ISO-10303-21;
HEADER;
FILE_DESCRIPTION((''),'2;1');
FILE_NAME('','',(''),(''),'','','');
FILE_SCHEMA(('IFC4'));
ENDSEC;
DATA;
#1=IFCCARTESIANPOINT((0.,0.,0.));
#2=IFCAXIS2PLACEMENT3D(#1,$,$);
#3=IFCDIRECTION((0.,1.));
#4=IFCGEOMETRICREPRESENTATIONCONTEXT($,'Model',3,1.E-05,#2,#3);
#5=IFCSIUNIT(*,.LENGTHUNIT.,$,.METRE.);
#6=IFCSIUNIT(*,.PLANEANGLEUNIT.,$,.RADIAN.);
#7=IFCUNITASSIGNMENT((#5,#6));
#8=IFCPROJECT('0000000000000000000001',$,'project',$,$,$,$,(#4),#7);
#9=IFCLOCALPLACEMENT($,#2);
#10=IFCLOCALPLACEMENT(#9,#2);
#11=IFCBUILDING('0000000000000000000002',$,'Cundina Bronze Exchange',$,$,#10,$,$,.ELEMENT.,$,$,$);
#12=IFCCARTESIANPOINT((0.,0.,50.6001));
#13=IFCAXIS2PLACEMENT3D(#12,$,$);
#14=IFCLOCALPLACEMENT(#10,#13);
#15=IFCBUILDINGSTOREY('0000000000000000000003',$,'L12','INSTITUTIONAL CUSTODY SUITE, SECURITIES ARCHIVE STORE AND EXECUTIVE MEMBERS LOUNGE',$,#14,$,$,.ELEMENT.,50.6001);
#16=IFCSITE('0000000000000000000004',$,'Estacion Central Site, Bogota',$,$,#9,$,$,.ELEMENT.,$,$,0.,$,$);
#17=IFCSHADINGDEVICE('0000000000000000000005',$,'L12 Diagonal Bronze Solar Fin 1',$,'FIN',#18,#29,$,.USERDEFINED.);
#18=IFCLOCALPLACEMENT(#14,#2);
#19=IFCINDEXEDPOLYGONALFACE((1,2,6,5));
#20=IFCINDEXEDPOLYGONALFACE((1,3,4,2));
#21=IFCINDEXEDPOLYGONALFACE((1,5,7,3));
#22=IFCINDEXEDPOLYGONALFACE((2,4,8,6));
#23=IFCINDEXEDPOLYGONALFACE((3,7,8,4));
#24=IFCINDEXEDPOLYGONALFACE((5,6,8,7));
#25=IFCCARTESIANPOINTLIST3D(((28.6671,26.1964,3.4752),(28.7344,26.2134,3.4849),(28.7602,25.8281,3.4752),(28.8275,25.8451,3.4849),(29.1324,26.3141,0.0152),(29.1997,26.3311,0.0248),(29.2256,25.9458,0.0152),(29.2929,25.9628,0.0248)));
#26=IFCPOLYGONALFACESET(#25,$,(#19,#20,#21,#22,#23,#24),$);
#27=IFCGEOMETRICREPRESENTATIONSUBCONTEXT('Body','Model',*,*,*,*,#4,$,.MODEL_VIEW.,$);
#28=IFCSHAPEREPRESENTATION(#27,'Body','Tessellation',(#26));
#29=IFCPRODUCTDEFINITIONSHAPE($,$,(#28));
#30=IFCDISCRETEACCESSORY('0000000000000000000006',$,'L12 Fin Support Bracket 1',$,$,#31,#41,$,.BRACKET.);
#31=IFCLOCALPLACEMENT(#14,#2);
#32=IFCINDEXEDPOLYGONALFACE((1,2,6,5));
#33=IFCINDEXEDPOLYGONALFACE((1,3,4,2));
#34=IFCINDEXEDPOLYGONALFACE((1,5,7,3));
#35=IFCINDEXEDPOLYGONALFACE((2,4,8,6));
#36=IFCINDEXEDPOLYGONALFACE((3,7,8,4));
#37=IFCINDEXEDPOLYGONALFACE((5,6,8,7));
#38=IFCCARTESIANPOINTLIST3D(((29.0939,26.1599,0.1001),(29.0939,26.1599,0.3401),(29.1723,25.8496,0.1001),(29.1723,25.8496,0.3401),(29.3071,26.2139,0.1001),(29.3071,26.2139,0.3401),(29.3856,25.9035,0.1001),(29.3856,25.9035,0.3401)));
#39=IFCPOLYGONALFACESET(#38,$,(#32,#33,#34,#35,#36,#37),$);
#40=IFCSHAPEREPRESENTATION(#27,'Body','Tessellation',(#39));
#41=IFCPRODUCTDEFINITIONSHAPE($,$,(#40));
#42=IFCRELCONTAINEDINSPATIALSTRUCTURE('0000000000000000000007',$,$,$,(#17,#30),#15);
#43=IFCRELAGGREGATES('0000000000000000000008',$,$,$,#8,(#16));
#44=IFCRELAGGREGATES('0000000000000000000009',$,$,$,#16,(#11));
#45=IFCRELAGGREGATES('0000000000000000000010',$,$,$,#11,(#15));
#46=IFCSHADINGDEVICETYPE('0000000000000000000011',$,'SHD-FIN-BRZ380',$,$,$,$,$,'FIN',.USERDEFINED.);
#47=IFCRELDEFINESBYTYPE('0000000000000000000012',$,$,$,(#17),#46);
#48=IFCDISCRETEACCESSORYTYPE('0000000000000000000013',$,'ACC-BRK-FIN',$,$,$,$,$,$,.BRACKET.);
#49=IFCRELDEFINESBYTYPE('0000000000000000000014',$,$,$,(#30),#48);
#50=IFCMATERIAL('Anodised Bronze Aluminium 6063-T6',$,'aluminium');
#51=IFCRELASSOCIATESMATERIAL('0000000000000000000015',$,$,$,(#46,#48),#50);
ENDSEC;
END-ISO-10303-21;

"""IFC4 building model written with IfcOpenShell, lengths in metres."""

from ifc_helpers import new_model, si_unit, direction, frame, origin, origin_2d, place, context, subcontext, project, spatial, rectangle, extrude, material, material_profile, profile_set, type_object, element, save


model = new_model("IFC4")

# Units and contexts
model_context = context("Model", 3, precision=1e-05, world=origin(), true_north=direction((0.0, 1.0)))
body_context = subcontext(model_context, "Body", "Model", "MODEL_VIEW")
ifc_project = project(units=[si_unit("LENGTHUNIT", "METRE"), si_unit("PLANEANGLEUNIT", "RADIAN")], contexts=[model_context])

# Site, building, storey
site_placement = place(None, origin())
site = spatial("IfcSite", under=ifc_project, at=site_placement, Name="Estacion Central Site, Bogota", CompositionType="ELEMENT", RefElevation=0.0)
building_placement = place(site_placement, origin())
building = spatial("IfcBuilding", under=site, at=building_placement, Name="Cundina Bronze Exchange", CompositionType="ELEMENT")
storey_placement = place(building_placement, frame((0.0, 0.0, 50.6001)))
storey = spatial("IfcBuildingStorey", under=building, at=storey_placement, Name="L12", Description="INSTITUTIONAL CUSTODY SUITE, SECURITIES ARCHIVE STORE AND EXECUTIVE MEMBERS LOUNGE", CompositionType="ELEMENT", Elevation=50.6001)

# Shared definitions
ifc_material_1 = material(Name="Anodised Bronze Aluminium 6063-T6", Category="aluminium")

# Shading device
ifc_material_profile_1 = material_profile(ifc_material_1, rectangle(XDim=0.0701, YDim=0.3799, at=origin_2d()), Name="FIN70X380", Category="aluminium")
ifc_profile_set_1 = profile_set([ifc_material_profile_1], Name="Anodised Bronze Aluminium 6063-T6")
shading_device_type = type_object("IfcShadingDeviceType", Name="SHD-FIN-BRZ380", ElementType="FIN", PredefinedType="USERDEFINED", material=ifc_profile_set_1)
shading_device_placement = place(storey_placement, frame((29.2126, 26.1384, 0.02), z_axis=(-0.133215, -0.033688, 0.990514), x_axis=(0.960285, 0.242842, 0.137408)))
element("IfcShadingDevice", 1, at=shading_device_placement, inside=storey, type_object=shading_device_type, Name="L12 Diagonal Bronze Solar Fin 1", ObjectType="FIN", PredefinedType="USERDEFINED", context=body_context, shape_type="SweptSolid", body=[
    extrude(rectangle(XDim=0.0701, YDim=0.3799, at=origin_2d()), origin(), (0.0, 0.0, 1.0), 3.4932),
])

# Discrete accessory
discrete_accessory_type = type_object("IfcDiscreteAccessoryType", Name="ACC-BRK-FIN", PredefinedType="BRACKET", material=ifc_material_1)
discrete_accessory_placement = place(storey_placement, frame((29.2397, 26.0317, 0.1001), z_axis=(0.0, 0.0, 1.0), x_axis=(-0.969488, -0.245138, 0.0)))
element("IfcDiscreteAccessory", 2, at=discrete_accessory_placement, inside=storey, type_object=discrete_accessory_type, Name="L12 Fin Support Bracket 1", PredefinedType="BRACKET", context=body_context, shape_type="SweptSolid", body=[
    extrude(rectangle(XDim=0.22, YDim=0.3201, at=origin_2d()), origin(), (0.0, 0.0, 1.0), 0.24),
])

save(model, "model.ifc")
